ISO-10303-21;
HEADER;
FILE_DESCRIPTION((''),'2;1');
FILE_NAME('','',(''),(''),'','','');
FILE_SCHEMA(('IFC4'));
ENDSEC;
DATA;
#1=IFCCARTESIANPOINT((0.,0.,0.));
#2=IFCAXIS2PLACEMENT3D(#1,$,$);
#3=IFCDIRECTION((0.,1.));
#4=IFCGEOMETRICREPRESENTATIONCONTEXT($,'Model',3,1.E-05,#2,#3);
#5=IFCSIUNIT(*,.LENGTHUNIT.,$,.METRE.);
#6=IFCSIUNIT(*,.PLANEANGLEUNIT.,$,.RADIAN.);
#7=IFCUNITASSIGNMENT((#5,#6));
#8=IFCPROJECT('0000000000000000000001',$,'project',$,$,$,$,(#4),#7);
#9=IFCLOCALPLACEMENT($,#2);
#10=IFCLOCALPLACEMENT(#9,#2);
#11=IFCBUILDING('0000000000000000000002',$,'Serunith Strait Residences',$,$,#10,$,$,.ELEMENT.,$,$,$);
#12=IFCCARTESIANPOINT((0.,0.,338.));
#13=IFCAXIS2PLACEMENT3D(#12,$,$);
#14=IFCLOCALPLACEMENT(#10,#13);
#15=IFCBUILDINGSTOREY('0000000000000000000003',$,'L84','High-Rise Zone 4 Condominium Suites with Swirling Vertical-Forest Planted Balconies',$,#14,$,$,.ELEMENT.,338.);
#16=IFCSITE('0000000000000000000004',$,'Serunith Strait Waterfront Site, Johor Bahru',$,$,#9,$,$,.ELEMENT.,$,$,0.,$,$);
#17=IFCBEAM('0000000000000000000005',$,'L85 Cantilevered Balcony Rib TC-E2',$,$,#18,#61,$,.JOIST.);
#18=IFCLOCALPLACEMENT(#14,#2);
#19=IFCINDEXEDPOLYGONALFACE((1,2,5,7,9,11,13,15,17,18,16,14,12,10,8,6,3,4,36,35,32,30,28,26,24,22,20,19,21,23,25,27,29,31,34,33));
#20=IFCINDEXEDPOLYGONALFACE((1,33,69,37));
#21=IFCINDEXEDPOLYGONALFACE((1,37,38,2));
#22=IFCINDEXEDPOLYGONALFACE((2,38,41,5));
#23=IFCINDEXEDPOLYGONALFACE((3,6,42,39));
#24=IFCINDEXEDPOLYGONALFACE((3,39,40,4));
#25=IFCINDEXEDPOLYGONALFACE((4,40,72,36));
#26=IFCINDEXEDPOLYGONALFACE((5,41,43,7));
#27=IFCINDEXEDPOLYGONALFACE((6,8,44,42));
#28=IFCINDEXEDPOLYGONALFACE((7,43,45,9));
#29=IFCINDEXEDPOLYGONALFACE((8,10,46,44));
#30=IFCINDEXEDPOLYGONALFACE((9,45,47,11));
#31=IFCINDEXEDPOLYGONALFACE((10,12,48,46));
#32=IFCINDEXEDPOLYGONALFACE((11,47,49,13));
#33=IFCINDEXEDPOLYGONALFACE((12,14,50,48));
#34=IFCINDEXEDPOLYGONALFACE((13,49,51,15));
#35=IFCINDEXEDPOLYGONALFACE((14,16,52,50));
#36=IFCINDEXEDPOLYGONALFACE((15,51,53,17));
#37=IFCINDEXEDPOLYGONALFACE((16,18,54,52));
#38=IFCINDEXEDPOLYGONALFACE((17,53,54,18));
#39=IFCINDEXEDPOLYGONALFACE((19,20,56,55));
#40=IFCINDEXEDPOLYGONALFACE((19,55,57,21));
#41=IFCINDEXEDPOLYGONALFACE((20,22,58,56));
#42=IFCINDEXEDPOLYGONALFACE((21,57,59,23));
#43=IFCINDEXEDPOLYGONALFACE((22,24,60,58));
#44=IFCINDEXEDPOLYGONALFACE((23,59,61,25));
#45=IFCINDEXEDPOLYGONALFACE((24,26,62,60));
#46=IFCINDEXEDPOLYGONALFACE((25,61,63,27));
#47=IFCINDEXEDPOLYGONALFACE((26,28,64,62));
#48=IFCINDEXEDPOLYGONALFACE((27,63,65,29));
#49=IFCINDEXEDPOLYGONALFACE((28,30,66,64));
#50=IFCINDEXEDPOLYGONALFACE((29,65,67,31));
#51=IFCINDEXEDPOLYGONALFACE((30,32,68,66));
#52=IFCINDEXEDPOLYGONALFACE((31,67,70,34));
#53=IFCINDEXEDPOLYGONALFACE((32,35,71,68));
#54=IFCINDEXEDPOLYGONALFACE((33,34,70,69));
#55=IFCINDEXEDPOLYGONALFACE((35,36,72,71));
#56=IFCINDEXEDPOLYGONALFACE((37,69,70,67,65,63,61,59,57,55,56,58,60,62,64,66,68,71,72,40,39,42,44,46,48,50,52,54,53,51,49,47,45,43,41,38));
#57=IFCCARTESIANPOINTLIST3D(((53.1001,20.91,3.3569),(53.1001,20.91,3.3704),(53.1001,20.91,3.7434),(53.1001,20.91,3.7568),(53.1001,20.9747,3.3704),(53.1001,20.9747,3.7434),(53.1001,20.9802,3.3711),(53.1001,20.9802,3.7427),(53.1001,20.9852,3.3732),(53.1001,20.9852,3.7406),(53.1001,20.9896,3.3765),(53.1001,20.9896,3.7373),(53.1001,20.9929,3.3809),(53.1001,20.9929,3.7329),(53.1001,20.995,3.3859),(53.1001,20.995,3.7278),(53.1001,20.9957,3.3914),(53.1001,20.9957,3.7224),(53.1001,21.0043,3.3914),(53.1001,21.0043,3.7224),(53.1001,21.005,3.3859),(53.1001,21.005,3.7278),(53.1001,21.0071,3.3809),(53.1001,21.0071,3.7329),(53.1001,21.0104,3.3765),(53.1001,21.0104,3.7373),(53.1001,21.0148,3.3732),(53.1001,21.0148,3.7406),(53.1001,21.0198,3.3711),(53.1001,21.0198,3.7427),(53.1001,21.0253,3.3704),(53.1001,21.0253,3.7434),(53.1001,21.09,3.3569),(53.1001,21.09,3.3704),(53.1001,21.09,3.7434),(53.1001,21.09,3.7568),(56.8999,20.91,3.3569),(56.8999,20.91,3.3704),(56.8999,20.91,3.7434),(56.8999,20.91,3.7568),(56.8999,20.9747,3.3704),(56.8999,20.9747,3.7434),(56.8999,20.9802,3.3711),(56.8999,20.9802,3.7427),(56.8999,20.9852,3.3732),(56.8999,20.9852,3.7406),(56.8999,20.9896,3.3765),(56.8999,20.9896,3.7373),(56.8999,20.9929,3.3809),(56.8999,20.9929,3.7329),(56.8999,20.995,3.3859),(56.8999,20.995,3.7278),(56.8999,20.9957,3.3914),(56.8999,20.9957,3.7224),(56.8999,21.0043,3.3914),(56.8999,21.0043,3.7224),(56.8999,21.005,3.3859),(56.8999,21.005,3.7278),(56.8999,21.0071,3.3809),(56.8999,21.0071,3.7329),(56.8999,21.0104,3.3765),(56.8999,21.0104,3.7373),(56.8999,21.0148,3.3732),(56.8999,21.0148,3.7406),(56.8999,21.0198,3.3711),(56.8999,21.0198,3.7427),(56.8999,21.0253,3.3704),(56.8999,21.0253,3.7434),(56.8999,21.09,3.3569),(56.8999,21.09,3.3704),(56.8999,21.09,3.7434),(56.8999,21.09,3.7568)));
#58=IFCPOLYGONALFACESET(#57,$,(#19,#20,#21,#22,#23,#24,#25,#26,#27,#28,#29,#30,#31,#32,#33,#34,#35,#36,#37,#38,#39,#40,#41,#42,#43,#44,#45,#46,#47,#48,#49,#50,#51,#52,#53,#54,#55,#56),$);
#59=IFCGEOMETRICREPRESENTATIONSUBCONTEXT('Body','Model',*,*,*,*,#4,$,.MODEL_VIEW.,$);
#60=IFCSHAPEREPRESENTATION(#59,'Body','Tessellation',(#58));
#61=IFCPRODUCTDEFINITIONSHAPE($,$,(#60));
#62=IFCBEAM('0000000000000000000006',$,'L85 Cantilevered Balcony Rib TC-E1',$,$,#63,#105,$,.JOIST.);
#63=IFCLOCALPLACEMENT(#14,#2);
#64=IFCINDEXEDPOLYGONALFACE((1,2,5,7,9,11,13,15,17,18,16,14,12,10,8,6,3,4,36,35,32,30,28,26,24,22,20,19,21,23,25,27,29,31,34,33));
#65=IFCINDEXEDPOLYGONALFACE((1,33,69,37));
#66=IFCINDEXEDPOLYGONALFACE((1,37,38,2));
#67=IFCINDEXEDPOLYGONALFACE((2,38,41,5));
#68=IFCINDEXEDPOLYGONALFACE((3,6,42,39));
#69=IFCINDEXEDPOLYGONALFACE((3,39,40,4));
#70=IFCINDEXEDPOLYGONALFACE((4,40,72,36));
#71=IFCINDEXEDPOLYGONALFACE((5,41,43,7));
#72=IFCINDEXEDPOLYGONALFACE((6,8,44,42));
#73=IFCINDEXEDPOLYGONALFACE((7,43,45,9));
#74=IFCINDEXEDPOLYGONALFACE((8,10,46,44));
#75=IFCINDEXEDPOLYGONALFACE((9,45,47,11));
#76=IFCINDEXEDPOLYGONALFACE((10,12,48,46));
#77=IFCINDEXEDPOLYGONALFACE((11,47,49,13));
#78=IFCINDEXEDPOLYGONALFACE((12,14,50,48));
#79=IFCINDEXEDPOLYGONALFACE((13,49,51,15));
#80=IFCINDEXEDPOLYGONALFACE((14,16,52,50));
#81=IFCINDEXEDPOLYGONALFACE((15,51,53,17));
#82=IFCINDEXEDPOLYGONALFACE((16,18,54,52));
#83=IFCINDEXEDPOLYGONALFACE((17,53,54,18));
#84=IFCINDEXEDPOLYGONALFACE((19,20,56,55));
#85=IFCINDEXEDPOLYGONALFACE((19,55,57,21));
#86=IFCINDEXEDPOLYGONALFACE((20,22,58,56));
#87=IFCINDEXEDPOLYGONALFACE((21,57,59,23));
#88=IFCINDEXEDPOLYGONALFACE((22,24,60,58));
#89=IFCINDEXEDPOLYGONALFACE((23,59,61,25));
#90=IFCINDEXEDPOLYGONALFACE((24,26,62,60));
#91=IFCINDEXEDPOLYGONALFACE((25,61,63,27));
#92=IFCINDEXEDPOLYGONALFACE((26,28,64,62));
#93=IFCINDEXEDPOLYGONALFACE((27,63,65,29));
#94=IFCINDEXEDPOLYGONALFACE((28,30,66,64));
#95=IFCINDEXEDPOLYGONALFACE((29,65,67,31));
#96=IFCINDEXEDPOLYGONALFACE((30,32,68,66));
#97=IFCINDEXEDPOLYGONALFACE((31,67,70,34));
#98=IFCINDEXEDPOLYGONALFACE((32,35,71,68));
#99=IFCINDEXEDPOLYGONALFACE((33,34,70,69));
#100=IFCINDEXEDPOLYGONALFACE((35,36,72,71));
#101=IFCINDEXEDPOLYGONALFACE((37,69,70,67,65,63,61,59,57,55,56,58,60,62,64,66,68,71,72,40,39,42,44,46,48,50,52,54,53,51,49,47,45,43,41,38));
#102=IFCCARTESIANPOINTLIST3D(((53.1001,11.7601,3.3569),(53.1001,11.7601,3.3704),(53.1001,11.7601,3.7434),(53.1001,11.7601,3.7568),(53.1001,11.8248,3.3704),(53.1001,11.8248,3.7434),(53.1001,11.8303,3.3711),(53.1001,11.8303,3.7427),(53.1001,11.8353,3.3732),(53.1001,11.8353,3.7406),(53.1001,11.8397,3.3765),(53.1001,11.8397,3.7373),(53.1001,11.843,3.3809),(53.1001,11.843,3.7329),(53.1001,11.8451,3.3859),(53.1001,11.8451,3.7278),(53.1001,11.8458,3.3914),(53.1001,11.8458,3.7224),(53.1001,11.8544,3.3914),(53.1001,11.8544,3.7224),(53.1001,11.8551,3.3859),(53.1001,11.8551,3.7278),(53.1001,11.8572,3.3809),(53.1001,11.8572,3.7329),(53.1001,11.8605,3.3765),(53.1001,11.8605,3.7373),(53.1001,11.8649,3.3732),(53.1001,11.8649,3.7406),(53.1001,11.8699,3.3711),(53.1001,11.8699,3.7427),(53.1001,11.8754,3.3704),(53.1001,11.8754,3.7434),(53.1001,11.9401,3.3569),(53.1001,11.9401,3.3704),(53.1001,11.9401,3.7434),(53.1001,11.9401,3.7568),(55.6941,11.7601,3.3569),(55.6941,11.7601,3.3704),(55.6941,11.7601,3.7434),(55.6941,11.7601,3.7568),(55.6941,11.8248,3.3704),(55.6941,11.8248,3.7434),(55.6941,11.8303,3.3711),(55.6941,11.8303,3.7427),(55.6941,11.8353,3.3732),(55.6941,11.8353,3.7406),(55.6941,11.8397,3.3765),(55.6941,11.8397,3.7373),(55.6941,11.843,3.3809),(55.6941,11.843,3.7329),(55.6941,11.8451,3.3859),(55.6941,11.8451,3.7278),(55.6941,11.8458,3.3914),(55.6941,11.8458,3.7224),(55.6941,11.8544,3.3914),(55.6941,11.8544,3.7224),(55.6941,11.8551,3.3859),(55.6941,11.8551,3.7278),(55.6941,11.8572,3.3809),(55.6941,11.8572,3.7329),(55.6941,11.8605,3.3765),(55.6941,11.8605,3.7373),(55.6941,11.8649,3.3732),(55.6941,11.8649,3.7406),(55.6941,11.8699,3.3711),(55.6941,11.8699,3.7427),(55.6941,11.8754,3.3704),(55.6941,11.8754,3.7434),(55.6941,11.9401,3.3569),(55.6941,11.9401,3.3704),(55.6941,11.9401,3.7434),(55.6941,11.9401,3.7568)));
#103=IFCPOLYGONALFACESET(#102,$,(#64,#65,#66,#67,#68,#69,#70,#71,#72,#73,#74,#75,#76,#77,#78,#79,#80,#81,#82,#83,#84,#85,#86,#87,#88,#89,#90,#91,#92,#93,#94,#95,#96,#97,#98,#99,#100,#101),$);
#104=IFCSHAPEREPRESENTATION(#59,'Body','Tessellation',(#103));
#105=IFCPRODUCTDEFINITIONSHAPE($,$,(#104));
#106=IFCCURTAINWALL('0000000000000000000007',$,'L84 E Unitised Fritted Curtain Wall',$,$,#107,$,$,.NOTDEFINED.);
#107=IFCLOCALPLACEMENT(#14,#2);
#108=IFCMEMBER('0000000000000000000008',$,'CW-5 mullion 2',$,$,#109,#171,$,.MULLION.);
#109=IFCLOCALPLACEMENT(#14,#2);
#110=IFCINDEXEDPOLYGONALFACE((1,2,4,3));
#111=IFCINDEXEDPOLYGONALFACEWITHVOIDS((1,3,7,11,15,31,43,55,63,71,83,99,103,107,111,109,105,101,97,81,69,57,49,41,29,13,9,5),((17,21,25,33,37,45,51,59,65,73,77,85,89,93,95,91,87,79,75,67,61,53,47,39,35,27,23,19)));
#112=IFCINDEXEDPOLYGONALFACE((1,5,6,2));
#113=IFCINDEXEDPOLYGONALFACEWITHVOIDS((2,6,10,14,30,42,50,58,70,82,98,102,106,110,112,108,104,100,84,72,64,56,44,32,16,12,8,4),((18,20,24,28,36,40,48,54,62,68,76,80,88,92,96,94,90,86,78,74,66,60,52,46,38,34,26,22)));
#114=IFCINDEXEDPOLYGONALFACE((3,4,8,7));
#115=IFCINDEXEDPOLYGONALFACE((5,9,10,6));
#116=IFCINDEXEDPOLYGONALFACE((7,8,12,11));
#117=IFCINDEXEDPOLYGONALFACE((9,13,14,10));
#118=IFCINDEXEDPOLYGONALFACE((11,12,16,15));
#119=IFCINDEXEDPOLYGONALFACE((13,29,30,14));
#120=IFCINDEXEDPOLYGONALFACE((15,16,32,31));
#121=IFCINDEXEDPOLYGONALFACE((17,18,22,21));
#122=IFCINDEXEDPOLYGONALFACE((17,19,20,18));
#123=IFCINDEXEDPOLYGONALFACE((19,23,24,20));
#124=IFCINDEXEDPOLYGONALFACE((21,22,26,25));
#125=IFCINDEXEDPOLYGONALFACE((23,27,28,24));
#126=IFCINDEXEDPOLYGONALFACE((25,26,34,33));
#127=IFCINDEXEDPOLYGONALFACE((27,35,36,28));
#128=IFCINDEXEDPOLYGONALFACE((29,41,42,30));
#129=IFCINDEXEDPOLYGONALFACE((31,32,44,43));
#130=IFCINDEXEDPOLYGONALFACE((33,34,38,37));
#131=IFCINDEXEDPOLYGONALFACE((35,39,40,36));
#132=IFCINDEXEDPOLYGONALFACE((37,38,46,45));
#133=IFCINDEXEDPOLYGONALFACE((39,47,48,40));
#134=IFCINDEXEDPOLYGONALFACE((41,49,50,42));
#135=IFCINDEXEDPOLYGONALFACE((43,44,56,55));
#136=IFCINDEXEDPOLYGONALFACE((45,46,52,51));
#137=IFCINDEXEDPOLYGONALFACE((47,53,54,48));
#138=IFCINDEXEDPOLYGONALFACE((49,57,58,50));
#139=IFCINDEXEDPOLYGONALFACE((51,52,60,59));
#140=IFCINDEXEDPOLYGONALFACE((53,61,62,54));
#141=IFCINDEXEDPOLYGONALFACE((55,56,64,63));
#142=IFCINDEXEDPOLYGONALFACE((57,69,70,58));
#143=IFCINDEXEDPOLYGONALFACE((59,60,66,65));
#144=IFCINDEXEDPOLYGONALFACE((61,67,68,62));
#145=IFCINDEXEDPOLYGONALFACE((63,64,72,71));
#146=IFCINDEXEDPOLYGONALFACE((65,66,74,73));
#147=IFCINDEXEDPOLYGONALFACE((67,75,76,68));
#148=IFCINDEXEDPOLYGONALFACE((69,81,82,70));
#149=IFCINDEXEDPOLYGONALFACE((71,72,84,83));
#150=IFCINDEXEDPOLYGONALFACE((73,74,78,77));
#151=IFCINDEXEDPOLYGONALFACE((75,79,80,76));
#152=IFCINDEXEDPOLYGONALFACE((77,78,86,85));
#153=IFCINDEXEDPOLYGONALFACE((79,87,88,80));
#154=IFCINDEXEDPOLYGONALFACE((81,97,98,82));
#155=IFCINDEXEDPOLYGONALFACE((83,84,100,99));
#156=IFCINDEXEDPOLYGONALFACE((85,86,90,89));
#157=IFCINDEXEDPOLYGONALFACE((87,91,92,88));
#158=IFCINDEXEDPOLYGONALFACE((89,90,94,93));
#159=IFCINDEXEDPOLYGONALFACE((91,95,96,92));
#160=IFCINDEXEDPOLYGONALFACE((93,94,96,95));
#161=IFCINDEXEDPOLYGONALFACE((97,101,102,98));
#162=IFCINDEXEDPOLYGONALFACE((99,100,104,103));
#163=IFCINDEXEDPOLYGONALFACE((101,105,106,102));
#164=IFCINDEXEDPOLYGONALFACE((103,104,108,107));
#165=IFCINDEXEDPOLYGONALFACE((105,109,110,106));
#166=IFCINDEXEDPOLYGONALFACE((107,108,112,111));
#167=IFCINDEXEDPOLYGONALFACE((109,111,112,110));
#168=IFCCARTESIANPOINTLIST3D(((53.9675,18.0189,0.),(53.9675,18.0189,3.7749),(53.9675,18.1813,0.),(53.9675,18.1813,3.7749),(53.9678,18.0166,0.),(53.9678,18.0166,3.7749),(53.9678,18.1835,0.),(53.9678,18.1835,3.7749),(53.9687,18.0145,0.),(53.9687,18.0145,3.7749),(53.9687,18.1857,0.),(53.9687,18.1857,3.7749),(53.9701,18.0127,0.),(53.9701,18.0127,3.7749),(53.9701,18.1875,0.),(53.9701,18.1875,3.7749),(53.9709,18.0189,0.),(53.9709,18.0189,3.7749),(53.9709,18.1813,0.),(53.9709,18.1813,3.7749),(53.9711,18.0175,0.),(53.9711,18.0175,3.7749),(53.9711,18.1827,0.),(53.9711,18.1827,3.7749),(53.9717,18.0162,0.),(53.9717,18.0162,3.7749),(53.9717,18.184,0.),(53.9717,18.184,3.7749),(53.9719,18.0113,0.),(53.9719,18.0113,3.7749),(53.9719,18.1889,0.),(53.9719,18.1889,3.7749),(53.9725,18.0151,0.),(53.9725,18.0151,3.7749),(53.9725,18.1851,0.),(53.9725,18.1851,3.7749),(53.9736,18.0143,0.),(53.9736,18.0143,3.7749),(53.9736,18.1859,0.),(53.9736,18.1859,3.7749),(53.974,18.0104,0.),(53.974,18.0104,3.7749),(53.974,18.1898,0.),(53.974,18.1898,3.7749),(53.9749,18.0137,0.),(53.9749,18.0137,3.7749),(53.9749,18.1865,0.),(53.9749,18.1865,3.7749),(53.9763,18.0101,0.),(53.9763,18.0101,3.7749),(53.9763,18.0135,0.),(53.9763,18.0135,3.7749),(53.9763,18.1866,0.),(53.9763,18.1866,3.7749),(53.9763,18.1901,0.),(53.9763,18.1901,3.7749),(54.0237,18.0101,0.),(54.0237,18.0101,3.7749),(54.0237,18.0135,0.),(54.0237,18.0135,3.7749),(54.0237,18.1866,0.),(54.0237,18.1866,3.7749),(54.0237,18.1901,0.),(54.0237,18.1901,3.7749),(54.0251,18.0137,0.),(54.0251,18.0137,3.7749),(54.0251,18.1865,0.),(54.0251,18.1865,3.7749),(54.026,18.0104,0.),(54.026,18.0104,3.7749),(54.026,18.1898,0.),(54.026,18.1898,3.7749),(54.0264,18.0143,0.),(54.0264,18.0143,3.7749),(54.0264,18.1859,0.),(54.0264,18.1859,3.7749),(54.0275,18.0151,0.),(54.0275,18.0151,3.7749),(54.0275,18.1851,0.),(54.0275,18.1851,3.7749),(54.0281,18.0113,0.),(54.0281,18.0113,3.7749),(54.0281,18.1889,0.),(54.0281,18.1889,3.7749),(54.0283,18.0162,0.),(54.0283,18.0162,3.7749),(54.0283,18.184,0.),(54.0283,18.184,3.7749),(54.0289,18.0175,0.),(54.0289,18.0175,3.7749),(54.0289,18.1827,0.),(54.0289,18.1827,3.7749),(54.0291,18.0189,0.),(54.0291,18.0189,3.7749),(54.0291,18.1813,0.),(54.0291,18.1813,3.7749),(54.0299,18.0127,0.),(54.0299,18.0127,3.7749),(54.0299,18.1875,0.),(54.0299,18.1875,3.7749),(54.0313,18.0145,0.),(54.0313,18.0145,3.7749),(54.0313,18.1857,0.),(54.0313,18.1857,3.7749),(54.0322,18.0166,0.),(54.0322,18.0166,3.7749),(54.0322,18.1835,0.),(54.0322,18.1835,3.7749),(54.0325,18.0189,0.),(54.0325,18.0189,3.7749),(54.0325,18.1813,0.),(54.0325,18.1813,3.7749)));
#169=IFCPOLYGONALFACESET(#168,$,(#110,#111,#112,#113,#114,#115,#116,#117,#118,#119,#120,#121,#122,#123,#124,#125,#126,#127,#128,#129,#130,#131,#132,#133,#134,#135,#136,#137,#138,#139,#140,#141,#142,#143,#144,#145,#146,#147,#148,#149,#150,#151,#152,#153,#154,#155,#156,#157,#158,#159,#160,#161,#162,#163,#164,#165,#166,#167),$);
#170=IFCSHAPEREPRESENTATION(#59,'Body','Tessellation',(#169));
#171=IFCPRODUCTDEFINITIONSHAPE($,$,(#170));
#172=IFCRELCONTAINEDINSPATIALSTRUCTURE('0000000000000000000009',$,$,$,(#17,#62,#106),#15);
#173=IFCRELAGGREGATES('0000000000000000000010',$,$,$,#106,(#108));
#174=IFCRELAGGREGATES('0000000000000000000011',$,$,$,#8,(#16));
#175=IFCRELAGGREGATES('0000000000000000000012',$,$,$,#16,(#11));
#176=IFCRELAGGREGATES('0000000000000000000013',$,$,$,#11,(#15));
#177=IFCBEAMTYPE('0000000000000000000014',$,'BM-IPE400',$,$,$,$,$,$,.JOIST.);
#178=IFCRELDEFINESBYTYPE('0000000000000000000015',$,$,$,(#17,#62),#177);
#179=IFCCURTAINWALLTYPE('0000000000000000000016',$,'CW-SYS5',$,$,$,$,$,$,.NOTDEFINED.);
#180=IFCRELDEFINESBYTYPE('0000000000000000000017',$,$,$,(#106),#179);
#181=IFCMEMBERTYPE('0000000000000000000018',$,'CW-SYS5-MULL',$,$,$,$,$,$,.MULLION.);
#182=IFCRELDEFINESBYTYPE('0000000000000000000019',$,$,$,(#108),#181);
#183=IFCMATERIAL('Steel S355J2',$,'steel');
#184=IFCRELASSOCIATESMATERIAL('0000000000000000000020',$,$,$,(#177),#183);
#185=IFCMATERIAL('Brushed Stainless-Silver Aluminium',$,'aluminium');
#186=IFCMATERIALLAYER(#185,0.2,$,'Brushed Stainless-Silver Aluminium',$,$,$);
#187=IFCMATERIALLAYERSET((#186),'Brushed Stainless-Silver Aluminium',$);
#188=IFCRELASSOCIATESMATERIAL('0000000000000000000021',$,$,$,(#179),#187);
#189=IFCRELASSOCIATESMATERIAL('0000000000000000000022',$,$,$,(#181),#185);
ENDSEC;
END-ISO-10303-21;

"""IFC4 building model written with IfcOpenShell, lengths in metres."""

from ifc_helpers import new_model, si_unit, direction, frame, origin, origin_2d, place, context, subcontext, project, spatial, hollow_rectangle, i_section, extrude, source, transform, mapped, material, layer, layer_set, material_profile, profile_set, type_object, element, aggregate, save


model = new_model("IFC4")

# Units and contexts
model_context = context("Model", 3, precision=1e-05, world=origin(), true_north=direction((0.0, 1.0)))
body_context = subcontext(model_context, "Body", "Model", "MODEL_VIEW")
ifc_project = project(units=[si_unit("LENGTHUNIT", "METRE"), si_unit("PLANEANGLEUNIT", "RADIAN")], contexts=[model_context])

# Site, building, storey
site_placement = place(None, origin())
site = spatial("IfcSite", under=ifc_project, at=site_placement, Name="Serunith Strait Waterfront Site, Johor Bahru", CompositionType="ELEMENT", RefElevation=0.0)
building_placement = place(site_placement, origin())
building = spatial("IfcBuilding", under=site, at=building_placement, Name="Serunith Strait Residences", CompositionType="ELEMENT")
storey_placement = place(building_placement, frame((0.0, 0.0, 338.0)))
storey = spatial("IfcBuildingStorey", under=building, at=storey_placement, Name="L84", Description="High-Rise Zone 4 Condominium Suites with Swirling Vertical-Forest Planted Balconies", CompositionType="ELEMENT", Elevation=338.0)

# Beams
ifc_material_1 = material(Name="Steel S355J2", Category="steel")
ifc_material_profile_1 = material_profile(ifc_material_1, i_section(OverallWidth=0.1799, OverallDepth=0.3999, WebThickness=0.0085, FlangeThickness=0.0134, FilletRadius=0.021, at=origin_2d()), Name="IPE 400")
ifc_profile_set_1 = profile_set([ifc_material_profile_1], Name="Steel S355J2")
beam_type_1 = type_object("IfcBeamType", Name="BM-IPE400", PredefinedType="JOIST", material=ifc_profile_set_1)
shared_shape_1 = source(origin(), body_context, "Body", "SweptSolid", [
    extrude(i_section(OverallWidth=0.1799, OverallDepth=0.3999, WebThickness=0.0085, FlangeThickness=0.0134, FilletRadius=0.021, at=origin_2d()), origin(), (0.0, 0.0, 1.0), 3.7998),
])
beam_1_placement = place(storey_placement, frame((53.1001, 21.0, 3.5569), z_axis=(1.0, 0.0, 0.0), x_axis=(0.0, 1.0, 0.0)))
element("IfcBeam", 1, at=beam_1_placement, inside=storey, type_object=beam_type_1, Name="L85 Cantilevered Balcony Rib TC-E2", PredefinedType="JOIST", context=body_context, shape_type="MappedRepresentation", body=[
    mapped(shared_shape_1, transform((0.0, 0.0, 0.0), scale=1.0)),
])
shared_shape_2 = source(origin(), body_context, "Body", "SweptSolid", [
    extrude(i_section(OverallWidth=0.1799, OverallDepth=0.3999, WebThickness=0.0085, FlangeThickness=0.0134, FilletRadius=0.021, at=origin_2d()), origin(), (0.0, 0.0, 1.0), 2.594),
])
beam_2_placement = place(storey_placement, frame((53.1001, 11.8501, 3.5569), z_axis=(1.0, 0.0, 0.0), x_axis=(0.0, 1.0, 0.0)))
element("IfcBeam", 2, at=beam_2_placement, inside=storey, type_object=beam_type_1, Name="L85 Cantilevered Balcony Rib TC-E1", PredefinedType="JOIST", context=body_context, shape_type="MappedRepresentation", body=[
    mapped(shared_shape_2, transform((0.0, 0.0, 0.0), scale=1.0)),
])

# Curtain wall, member
ifc_material_2 = material(Name="Brushed Stainless-Silver Aluminium", Category="aluminium")
ifc_layer_1 = layer(ifc_material_2, 0.2, Name="Brushed Stainless-Silver Aluminium")
ifc_layer_set_1 = layer_set([ifc_layer_1], Name="Brushed Stainless-Silver Aluminium")
curtain_wall_type = type_object("IfcCurtainWallType", Name="CW-SYS5", PredefinedType="NOTDEFINED", material=ifc_layer_set_1)
curtain_wall_placement = place(storey_placement, origin())
curtain_wall = element("IfcCurtainWall", 3, at=curtain_wall_placement, inside=storey, type_object=curtain_wall_type, Name="L84 E Unitised Fritted Curtain Wall", PredefinedType="NOTDEFINED")
ifc_material_profile_2 = material_profile(ifc_material_2, hollow_rectangle(XDim=0.0649, YDim=0.1799, WallThickness=0.0034, InnerFilletRadius=0.0054, OuterFilletRadius=0.0088, at=origin_2d()), Name="ALU 180x65x3.5")
ifc_profile_set_2 = profile_set([ifc_material_profile_2], Name="Brushed Stainless-Silver Aluminium")
member_type_1 = type_object("IfcMemberType", Name="CW-SYS5-MULL", PredefinedType="MULLION", material=ifc_profile_set_2)
shared_shape_3 = source(origin(), body_context, "Body", "SweptSolid", [
    extrude(hollow_rectangle(XDim=0.0649, YDim=0.1799, WallThickness=0.0034, InnerFilletRadius=0.0054, OuterFilletRadius=0.0088, at=origin_2d()), origin(), (0.0, 0.0, 1.0), 3.7749),
])
member_1_placement = place(storey_placement, frame((54.0, 18.1001, 0.0), z_axis=(0.0, 0.0, 1.0), x_axis=(-1.0, 0.0, 0.0)))
member_1 = element("IfcMember", 4, at=member_1_placement, type_object=member_type_1, Name="CW-5 mullion 2", PredefinedType="MULLION", context=body_context, shape_type="MappedRepresentation", body=[
    mapped(shared_shape_3, transform((0.0, 0.0, 0.0), scale=1.0)),
])
aggregate(curtain_wall, [member_1])

save(model, "model.ifc")
